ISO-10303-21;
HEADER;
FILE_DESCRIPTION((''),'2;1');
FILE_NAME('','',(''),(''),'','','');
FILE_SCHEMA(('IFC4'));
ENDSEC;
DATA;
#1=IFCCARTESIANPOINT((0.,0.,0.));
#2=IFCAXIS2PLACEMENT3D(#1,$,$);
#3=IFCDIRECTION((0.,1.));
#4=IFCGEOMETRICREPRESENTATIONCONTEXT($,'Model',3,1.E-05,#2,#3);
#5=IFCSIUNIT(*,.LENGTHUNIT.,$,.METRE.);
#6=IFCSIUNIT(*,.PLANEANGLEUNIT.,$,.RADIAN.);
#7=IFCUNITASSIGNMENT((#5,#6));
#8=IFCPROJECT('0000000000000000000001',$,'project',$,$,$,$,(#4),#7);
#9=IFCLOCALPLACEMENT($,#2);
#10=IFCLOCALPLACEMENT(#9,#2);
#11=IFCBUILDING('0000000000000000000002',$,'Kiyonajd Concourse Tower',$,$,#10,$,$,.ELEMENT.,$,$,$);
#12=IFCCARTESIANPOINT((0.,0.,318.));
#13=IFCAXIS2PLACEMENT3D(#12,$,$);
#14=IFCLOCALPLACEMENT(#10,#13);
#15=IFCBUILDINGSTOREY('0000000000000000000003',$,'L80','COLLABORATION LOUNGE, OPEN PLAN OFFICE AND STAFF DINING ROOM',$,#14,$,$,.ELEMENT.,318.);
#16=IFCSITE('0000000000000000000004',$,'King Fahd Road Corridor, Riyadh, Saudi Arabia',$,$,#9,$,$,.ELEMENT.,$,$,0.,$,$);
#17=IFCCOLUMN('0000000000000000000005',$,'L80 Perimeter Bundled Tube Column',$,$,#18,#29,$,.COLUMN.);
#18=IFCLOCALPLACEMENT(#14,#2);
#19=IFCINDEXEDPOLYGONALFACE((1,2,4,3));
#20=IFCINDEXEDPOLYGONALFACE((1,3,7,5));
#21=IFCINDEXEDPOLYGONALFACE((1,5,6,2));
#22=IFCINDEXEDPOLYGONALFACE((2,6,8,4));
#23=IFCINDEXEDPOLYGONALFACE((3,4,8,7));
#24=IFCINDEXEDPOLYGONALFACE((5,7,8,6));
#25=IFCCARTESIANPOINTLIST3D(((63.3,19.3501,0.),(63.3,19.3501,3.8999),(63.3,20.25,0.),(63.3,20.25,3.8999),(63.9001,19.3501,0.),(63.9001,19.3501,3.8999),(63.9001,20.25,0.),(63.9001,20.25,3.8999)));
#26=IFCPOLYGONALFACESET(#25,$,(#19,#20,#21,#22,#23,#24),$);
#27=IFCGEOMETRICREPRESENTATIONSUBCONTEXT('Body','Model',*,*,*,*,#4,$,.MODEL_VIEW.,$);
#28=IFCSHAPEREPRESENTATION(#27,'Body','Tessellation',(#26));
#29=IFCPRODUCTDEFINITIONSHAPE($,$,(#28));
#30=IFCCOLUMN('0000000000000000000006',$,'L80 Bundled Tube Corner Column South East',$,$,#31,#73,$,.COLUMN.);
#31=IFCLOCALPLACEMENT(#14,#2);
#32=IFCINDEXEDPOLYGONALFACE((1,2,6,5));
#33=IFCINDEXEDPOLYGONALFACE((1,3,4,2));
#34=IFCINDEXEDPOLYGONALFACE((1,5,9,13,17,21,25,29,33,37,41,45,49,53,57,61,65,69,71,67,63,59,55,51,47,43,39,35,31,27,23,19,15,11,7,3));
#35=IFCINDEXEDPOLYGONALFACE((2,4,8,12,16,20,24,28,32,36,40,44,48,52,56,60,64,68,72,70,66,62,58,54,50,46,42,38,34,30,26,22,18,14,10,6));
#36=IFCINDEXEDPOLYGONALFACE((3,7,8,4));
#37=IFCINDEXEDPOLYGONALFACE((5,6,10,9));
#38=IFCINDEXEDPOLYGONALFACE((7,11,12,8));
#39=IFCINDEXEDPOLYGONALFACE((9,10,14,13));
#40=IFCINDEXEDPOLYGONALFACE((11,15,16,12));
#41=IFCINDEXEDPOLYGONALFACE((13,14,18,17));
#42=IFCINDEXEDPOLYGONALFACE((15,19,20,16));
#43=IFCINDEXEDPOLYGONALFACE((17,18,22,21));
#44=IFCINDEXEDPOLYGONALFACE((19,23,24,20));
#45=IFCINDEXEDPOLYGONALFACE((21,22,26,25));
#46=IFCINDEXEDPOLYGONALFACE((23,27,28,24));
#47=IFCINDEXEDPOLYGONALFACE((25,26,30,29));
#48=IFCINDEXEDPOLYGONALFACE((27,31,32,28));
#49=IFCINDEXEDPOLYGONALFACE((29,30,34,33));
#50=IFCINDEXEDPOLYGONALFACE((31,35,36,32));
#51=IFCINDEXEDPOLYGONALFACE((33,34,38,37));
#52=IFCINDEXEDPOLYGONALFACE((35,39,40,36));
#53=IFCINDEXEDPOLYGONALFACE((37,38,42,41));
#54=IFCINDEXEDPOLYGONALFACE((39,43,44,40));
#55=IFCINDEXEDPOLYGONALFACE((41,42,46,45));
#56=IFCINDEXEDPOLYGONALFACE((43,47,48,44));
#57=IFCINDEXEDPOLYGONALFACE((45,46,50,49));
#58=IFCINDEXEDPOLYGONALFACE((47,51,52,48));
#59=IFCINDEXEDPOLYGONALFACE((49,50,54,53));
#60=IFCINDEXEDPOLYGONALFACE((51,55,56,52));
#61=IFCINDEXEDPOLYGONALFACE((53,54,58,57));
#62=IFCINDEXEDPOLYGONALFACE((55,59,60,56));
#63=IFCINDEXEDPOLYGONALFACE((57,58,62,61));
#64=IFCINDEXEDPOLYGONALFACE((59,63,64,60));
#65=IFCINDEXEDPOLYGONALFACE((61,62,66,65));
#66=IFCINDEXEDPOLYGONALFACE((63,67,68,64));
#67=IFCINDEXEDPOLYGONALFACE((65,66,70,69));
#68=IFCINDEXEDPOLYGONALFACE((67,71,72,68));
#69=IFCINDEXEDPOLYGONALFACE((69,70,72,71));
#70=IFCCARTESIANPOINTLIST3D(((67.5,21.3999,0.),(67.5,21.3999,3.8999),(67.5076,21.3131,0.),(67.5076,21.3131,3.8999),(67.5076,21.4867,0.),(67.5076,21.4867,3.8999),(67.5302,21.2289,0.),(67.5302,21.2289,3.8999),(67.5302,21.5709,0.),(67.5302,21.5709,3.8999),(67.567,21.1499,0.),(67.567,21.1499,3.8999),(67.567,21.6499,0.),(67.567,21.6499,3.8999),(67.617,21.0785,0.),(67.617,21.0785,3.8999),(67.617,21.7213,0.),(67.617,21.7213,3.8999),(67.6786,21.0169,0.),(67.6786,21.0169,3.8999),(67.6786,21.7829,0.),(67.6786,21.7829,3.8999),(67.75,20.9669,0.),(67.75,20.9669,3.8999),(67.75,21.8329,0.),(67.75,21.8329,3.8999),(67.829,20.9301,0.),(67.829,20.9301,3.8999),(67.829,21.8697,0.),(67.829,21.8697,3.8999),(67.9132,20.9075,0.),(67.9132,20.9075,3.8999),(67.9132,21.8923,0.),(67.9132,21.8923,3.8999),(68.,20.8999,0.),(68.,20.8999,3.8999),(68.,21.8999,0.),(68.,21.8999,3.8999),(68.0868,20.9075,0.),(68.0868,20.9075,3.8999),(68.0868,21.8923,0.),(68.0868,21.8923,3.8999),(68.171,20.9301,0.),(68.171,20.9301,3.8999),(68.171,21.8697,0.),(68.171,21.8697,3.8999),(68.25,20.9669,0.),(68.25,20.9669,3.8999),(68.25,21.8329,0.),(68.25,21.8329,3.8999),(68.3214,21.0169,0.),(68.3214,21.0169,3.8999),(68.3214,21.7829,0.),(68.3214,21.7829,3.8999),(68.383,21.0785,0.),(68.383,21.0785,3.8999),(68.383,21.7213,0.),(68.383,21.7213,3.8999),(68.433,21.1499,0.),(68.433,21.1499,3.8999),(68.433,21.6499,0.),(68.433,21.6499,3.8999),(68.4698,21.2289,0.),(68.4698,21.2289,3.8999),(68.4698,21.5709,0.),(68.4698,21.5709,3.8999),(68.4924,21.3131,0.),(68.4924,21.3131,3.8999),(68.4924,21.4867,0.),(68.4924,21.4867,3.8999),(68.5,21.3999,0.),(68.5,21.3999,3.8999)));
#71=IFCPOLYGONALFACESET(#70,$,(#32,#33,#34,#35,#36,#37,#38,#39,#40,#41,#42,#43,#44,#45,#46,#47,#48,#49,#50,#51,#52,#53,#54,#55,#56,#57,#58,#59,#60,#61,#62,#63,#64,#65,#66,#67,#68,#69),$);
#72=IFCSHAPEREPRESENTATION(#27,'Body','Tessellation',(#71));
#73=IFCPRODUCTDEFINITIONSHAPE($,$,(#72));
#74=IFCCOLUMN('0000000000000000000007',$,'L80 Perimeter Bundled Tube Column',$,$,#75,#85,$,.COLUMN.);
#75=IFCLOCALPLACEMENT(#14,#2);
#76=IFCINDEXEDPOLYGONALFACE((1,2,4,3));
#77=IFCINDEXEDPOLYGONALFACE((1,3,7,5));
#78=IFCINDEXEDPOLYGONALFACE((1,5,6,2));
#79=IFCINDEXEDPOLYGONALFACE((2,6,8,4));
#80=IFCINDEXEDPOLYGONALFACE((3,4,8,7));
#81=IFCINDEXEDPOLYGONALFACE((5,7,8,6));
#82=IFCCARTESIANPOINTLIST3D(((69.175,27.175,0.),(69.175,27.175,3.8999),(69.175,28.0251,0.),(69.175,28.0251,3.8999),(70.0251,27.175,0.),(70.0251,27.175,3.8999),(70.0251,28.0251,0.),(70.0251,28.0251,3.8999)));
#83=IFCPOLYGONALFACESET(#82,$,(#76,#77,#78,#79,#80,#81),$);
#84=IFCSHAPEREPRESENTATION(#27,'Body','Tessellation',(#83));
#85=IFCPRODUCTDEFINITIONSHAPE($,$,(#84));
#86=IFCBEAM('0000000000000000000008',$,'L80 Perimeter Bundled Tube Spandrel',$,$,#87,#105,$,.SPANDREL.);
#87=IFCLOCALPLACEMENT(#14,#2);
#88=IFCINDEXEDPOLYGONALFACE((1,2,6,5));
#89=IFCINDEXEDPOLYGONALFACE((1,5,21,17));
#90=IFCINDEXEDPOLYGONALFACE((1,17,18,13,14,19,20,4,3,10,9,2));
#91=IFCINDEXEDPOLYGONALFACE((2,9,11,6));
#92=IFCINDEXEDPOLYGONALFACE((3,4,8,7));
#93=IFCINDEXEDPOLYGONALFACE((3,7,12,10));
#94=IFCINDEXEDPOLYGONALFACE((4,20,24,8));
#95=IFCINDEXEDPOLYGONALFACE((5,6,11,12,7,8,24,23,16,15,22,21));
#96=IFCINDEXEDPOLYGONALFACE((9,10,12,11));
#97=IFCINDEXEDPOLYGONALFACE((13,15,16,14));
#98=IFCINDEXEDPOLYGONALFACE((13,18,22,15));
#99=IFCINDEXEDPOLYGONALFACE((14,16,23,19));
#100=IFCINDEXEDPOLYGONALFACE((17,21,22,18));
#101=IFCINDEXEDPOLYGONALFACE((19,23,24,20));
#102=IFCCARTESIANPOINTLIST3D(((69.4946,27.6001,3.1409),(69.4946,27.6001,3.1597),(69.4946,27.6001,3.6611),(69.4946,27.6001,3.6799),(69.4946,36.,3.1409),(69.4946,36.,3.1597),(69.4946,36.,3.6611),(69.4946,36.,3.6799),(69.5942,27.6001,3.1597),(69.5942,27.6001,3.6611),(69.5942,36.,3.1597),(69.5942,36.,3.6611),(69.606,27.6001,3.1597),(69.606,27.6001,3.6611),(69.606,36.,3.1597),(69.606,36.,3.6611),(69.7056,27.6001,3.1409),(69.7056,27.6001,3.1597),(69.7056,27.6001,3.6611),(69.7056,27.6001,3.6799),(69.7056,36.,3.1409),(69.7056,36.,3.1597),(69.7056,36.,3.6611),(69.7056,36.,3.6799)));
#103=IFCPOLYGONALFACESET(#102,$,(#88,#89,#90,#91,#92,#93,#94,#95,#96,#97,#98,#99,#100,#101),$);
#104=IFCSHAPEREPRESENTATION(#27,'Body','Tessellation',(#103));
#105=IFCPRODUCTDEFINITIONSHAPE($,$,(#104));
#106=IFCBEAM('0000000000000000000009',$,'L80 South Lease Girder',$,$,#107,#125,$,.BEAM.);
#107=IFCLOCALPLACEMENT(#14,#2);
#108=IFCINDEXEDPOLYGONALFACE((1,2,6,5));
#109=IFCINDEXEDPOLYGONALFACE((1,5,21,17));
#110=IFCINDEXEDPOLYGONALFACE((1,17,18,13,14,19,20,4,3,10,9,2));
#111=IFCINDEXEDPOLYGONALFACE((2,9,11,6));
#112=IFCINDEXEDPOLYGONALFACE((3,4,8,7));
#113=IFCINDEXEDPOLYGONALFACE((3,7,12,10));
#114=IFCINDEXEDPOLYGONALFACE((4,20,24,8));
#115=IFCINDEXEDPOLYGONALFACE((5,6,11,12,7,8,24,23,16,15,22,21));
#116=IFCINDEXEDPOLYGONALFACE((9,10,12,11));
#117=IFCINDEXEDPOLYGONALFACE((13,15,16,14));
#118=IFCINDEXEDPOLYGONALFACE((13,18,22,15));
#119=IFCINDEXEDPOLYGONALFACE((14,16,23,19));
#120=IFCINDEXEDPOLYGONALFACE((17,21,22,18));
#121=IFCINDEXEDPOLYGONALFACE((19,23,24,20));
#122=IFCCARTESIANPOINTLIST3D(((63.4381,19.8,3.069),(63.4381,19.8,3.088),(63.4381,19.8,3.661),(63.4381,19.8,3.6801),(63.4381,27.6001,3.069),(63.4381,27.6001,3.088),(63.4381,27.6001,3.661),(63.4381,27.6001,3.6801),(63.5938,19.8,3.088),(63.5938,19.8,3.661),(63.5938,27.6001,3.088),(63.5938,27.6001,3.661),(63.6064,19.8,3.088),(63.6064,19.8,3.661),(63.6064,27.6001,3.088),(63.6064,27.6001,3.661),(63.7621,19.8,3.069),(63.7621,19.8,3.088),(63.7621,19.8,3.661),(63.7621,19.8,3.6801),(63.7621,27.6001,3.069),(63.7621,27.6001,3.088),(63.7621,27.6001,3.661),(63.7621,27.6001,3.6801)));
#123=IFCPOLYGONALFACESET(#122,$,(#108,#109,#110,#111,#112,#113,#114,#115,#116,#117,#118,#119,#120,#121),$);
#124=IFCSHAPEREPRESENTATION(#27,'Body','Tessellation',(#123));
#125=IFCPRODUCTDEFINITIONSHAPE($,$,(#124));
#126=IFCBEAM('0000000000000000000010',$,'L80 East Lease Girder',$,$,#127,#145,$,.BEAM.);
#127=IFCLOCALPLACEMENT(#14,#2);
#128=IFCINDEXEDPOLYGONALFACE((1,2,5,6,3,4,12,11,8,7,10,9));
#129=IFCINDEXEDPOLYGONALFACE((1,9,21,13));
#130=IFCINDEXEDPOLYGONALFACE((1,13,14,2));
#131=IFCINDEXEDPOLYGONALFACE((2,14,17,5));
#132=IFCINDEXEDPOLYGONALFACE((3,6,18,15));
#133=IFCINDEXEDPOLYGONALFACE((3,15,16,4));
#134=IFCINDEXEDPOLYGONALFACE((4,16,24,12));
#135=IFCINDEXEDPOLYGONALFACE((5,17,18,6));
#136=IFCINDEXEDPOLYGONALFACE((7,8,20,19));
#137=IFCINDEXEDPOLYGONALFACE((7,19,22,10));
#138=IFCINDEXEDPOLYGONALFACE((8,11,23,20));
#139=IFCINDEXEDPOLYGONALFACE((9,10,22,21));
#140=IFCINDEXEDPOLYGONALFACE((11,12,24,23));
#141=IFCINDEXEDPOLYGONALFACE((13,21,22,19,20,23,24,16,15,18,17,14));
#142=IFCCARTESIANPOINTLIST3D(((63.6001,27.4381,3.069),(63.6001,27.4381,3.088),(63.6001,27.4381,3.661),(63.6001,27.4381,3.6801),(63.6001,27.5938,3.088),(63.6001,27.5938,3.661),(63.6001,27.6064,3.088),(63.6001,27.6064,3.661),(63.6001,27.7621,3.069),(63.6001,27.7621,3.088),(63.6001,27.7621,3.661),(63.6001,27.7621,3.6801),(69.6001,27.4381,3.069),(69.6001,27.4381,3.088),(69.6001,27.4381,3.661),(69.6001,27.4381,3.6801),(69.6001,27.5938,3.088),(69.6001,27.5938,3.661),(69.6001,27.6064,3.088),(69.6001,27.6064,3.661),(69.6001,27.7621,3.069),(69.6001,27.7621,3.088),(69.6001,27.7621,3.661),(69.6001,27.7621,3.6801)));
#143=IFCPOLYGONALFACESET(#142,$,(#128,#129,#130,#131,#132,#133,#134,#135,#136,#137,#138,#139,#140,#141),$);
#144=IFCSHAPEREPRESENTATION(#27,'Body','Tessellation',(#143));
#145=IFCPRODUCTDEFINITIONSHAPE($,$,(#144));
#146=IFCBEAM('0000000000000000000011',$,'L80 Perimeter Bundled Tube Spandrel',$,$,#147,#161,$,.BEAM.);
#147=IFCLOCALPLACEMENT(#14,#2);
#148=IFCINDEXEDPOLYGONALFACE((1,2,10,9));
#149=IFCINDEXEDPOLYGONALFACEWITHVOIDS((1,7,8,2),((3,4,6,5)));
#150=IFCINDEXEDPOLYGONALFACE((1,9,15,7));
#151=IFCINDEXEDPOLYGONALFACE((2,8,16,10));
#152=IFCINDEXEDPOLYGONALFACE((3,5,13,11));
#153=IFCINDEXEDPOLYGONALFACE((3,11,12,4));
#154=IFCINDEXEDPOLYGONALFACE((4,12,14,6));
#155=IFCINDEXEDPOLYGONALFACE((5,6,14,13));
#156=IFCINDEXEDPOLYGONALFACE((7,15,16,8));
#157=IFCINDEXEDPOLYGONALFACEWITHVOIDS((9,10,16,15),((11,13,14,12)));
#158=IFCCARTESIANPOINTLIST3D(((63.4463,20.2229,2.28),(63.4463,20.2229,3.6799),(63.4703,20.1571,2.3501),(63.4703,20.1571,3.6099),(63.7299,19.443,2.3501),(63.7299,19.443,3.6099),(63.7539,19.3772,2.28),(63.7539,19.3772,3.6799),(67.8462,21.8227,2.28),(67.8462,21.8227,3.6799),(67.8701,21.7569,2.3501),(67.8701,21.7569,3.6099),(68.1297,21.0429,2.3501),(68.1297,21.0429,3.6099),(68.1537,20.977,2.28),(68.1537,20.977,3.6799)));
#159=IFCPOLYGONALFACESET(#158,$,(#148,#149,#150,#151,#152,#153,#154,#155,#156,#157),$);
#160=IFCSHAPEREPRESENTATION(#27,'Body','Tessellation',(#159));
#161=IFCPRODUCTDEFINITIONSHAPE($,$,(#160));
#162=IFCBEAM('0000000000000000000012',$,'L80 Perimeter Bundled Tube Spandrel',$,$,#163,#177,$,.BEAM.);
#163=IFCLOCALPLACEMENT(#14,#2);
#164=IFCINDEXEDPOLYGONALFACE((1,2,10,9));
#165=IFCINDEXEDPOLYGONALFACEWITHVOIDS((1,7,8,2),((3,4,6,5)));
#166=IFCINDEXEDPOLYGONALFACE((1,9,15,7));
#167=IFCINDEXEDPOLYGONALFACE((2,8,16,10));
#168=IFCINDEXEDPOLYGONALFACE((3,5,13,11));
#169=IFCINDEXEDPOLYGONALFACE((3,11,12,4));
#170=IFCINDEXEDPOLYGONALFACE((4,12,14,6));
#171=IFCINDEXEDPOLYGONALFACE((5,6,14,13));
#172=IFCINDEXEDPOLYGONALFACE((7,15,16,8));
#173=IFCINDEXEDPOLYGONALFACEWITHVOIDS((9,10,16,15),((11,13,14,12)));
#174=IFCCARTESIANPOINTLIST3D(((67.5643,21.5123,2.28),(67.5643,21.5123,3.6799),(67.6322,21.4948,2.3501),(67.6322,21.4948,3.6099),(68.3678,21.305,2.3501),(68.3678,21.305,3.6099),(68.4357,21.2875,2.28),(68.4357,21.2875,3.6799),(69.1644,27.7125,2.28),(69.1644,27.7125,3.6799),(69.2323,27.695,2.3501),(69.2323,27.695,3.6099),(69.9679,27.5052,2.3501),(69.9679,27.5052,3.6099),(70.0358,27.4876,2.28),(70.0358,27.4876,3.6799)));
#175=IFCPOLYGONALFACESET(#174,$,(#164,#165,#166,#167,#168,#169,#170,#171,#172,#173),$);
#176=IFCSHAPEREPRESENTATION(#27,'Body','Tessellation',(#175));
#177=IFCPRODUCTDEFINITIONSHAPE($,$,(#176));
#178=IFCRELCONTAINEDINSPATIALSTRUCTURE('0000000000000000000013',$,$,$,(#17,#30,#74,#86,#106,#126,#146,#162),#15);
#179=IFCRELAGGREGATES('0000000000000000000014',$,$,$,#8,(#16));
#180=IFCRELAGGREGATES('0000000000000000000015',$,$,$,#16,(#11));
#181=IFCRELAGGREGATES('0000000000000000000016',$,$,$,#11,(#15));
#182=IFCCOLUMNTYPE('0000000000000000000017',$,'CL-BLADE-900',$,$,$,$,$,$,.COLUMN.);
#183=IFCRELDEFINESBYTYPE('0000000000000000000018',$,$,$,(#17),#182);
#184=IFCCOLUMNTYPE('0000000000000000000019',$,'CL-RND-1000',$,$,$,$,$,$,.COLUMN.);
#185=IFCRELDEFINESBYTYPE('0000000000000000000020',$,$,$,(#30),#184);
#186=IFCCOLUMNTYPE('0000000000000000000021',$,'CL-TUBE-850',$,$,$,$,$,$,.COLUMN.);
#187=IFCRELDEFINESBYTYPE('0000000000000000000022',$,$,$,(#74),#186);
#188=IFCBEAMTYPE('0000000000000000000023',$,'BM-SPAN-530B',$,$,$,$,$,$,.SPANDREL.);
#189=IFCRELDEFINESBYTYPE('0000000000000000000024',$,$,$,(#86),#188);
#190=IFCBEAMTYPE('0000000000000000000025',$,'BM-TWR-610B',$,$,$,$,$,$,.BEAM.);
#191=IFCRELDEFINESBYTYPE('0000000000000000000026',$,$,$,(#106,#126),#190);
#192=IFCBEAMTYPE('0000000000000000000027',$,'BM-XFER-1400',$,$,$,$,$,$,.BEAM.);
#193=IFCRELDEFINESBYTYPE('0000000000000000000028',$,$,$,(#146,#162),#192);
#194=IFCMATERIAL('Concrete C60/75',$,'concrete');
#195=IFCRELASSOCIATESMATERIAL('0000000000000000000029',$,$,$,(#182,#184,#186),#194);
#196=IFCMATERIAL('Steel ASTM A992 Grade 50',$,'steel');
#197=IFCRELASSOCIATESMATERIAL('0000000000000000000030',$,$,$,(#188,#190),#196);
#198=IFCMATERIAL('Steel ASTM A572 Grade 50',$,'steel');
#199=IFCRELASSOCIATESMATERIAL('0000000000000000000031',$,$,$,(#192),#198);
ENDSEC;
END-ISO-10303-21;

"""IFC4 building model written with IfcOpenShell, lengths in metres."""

from ifc_helpers import new_model, si_unit, direction, frame, origin, origin_2d, place, context, subcontext, project, spatial, rectangle, hollow_rectangle, circle, i_section, extrude, material, material_profile, profile_set, type_object, element, save


model = new_model("IFC4")

# Units and contexts
model_context = context("Model", 3, precision=1e-05, world=origin(), true_north=direction((0.0, 1.0)))
body_context = subcontext(model_context, "Body", "Model", "MODEL_VIEW")
ifc_project = project(units=[si_unit("LENGTHUNIT", "METRE"), si_unit("PLANEANGLEUNIT", "RADIAN")], contexts=[model_context])

# Site, building, storey
site_placement = place(None, origin())
site = spatial("IfcSite", under=ifc_project, at=site_placement, Name="King Fahd Road Corridor, Riyadh, Saudi Arabia", CompositionType="ELEMENT", RefElevation=0.0)
building_placement = place(site_placement, origin())
building = spatial("IfcBuilding", under=site, at=building_placement, Name="Kiyonajd Concourse Tower", CompositionType="ELEMENT")
storey_placement = place(building_placement, frame((0.0, 0.0, 318.0)))
storey = spatial("IfcBuildingStorey", under=building, at=storey_placement, Name="L80", Description="COLLABORATION LOUNGE, OPEN PLAN OFFICE AND STAFF DINING ROOM", CompositionType="ELEMENT", Elevation=318.0)

# Columns
ifc_material_1 = material(Name="Concrete C60/75", Category="concrete")
ifc_material_profile_1 = material_profile(ifc_material_1, rectangle(XDim=0.6001, YDim=0.8999, at=origin_2d()), Name="RC-900x600")
ifc_profile_set_1 = profile_set([ifc_material_profile_1], Name="Concrete C60/75")
column_type_1 = type_object("IfcColumnType", Name="CL-BLADE-900", PredefinedType="COLUMN", material=ifc_profile_set_1)
column_1_placement = place(storey_placement, frame((63.6001, 19.8, 0.0), z_axis=(0.0, 0.0, 1.0), x_axis=(1.0, 0.0, 0.0)))
element("IfcColumn", 1, at=column_1_placement, inside=storey, type_object=column_type_1, Name="L80 Perimeter Bundled Tube Column", PredefinedType="COLUMN", context=body_context, shape_type="SweptSolid", body=[
    extrude(rectangle(XDim=0.6001, YDim=0.8999, at=origin_2d()), origin(), (0.0, 0.0, 1.0), 3.8999),
])
ifc_material_profile_2 = material_profile(ifc_material_1, circle(Radius=0.5, at=origin_2d()), Name="RCC-D1000")
ifc_profile_set_2 = profile_set([ifc_material_profile_2], Name="Concrete C60/75")
column_type_2 = type_object("IfcColumnType", Name="CL-RND-1000", PredefinedType="COLUMN", material=ifc_profile_set_2)
column_2_placement = place(storey_placement, frame((68.0, 21.3999, 0.0), z_axis=(0.0, 0.0, 1.0), x_axis=(1.0, 0.0, 0.0)))
element("IfcColumn", 2, at=column_2_placement, inside=storey, type_object=column_type_2, Name="L80 Bundled Tube Corner Column South East", PredefinedType="COLUMN", context=body_context, shape_type="SweptSolid", body=[
    extrude(circle(Radius=0.5, at=origin_2d()), origin(), (0.0, 0.0, 1.0), 3.8999),
])
ifc_material_profile_3 = material_profile(ifc_material_1, rectangle(XDim=0.8501, YDim=0.8501, at=origin_2d()), Name="RC-850x850")
ifc_profile_set_3 = profile_set([ifc_material_profile_3], Name="Concrete C60/75")
column_type_3 = type_object("IfcColumnType", Name="CL-TUBE-850", PredefinedType="COLUMN", material=ifc_profile_set_3)
column_3_placement = place(storey_placement, frame((69.6001, 27.6001, 0.0), z_axis=(0.0, 0.0, 1.0), x_axis=(1.0, 0.0, 0.0)))
element("IfcColumn", 3, at=column_3_placement, inside=storey, type_object=column_type_3, Name="L80 Perimeter Bundled Tube Column", PredefinedType="COLUMN", context=body_context, shape_type="SweptSolid", body=[
    extrude(rectangle(XDim=0.8501, YDim=0.8501, at=origin_2d()), origin(), (0.0, 0.0, 1.0), 3.8999),
])

# Beams
ifc_material_2 = material(Name="Steel ASTM A992 Grade 50", Category="steel")
ifc_material_profile_4 = material_profile(ifc_material_2, i_section(OverallWidth=0.2109, OverallDepth=0.5391, WebThickness=0.0117, FlangeThickness=0.0188, at=origin_2d()), Name="W530X109")
ifc_profile_set_4 = profile_set([ifc_material_profile_4], Name="Steel ASTM A992 Grade 50")
beam_type_1 = type_object("IfcBeamType", Name="BM-SPAN-530B", PredefinedType="SPANDREL", material=ifc_profile_set_4)
beam_1_placement = place(storey_placement, frame((69.6001, 27.6001, 3.4104), z_axis=(0.0, 1.0, 0.0), x_axis=(-1.0, 0.0, 0.0)))
element("IfcBeam", 4, at=beam_1_placement, inside=storey, type_object=beam_type_1, Name="L80 Perimeter Bundled Tube Spandrel", PredefinedType="SPANDREL", context=body_context, shape_type="SweptSolid", body=[
    extrude(i_section(OverallWidth=0.2109, OverallDepth=0.5391, WebThickness=0.0117, FlangeThickness=0.0188, at=origin_2d()), origin(), (0.0, 0.0, 1.0), 8.3999),
])
ifc_material_profile_5 = material_profile(ifc_material_2, i_section(OverallWidth=0.324, OverallDepth=0.6111, WebThickness=0.0127, FlangeThickness=0.019, at=origin_2d()), Name="W610X155")
ifc_profile_set_5 = profile_set([ifc_material_profile_5], Name="Steel ASTM A992 Grade 50")
beam_type_2 = type_object("IfcBeamType", Name="BM-TWR-610B", PredefinedType="BEAM", material=ifc_profile_set_5)
beam_2_placement = place(storey_placement, frame((63.6001, 19.8, 3.3745), z_axis=(0.0, 1.0, 0.0), x_axis=(-1.0, 0.0, 0.0)))
element("IfcBeam", 5, at=beam_2_placement, inside=storey, type_object=beam_type_2, Name="L80 South Lease Girder", PredefinedType="BEAM", context=body_context, shape_type="SweptSolid", body=[
    extrude(i_section(OverallWidth=0.324, OverallDepth=0.6111, WebThickness=0.0127, FlangeThickness=0.019, at=origin_2d()), origin(), (0.0, 0.0, 1.0), 7.8),
])
beam_3_placement = place(storey_placement, frame((63.6001, 27.6001, 3.3745), z_axis=(1.0, 0.0, 0.0), x_axis=(0.0, 1.0, 0.0)))
element("IfcBeam", 6, at=beam_3_placement, inside=storey, type_object=beam_type_2, Name="L80 East Lease Girder", PredefinedType="BEAM", context=body_context, shape_type="SweptSolid", body=[
    extrude(i_section(OverallWidth=0.324, OverallDepth=0.6111, WebThickness=0.0127, FlangeThickness=0.019, at=origin_2d()), origin(), (0.0, 0.0, 1.0), 6.0),
])
ifc_material_3 = material(Name="Steel ASTM A572 Grade 50", Category="steel")
ifc_material_profile_6 = material_profile(ifc_material_3, hollow_rectangle(XDim=0.8999, YDim=1.3999, WallThickness=0.0701, at=origin_2d()), Name="BOX-1400x900x70")
ifc_profile_set_6 = profile_set([ifc_material_profile_6], Name="Steel ASTM A572 Grade 50")
beam_type_3 = type_object("IfcBeamType", Name="BM-XFER-1400", PredefinedType="BEAM", material=ifc_profile_set_6)
beam_4_placement = place(storey_placement, frame((63.6001, 19.8, 2.98), z_axis=(0.939801, 0.341722, 0.0), x_axis=(-0.341722, 0.939801, 0.0)))
element("IfcBeam", 7, at=beam_4_placement, inside=storey, type_object=beam_type_3, Name="L80 Perimeter Bundled Tube Spandrel", PredefinedType="BEAM", context=body_context, shape_type="SweptSolid", body=[
    extrude(hollow_rectangle(XDim=0.8999, YDim=1.3999, WallThickness=0.0701, at=origin_2d()), origin(), (0.0, 0.0, 1.0), 4.6816),
])
beam_5_placement = place(storey_placement, frame((68.0, 21.3999, 2.98), z_axis=(0.249885, 0.968276, 0.0), x_axis=(-0.968276, 0.249885, 0.0)))
element("IfcBeam", 8, at=beam_5_placement, inside=storey, type_object=beam_type_3, Name="L80 Perimeter Bundled Tube Spandrel", PredefinedType="BEAM", context=body_context, shape_type="SweptSolid", body=[
    extrude(hollow_rectangle(XDim=0.8999, YDim=1.3999, WallThickness=0.0701, at=origin_2d()), origin(), (0.0, 0.0, 1.0), 6.4033),
])

save(model, "model.ifc")
